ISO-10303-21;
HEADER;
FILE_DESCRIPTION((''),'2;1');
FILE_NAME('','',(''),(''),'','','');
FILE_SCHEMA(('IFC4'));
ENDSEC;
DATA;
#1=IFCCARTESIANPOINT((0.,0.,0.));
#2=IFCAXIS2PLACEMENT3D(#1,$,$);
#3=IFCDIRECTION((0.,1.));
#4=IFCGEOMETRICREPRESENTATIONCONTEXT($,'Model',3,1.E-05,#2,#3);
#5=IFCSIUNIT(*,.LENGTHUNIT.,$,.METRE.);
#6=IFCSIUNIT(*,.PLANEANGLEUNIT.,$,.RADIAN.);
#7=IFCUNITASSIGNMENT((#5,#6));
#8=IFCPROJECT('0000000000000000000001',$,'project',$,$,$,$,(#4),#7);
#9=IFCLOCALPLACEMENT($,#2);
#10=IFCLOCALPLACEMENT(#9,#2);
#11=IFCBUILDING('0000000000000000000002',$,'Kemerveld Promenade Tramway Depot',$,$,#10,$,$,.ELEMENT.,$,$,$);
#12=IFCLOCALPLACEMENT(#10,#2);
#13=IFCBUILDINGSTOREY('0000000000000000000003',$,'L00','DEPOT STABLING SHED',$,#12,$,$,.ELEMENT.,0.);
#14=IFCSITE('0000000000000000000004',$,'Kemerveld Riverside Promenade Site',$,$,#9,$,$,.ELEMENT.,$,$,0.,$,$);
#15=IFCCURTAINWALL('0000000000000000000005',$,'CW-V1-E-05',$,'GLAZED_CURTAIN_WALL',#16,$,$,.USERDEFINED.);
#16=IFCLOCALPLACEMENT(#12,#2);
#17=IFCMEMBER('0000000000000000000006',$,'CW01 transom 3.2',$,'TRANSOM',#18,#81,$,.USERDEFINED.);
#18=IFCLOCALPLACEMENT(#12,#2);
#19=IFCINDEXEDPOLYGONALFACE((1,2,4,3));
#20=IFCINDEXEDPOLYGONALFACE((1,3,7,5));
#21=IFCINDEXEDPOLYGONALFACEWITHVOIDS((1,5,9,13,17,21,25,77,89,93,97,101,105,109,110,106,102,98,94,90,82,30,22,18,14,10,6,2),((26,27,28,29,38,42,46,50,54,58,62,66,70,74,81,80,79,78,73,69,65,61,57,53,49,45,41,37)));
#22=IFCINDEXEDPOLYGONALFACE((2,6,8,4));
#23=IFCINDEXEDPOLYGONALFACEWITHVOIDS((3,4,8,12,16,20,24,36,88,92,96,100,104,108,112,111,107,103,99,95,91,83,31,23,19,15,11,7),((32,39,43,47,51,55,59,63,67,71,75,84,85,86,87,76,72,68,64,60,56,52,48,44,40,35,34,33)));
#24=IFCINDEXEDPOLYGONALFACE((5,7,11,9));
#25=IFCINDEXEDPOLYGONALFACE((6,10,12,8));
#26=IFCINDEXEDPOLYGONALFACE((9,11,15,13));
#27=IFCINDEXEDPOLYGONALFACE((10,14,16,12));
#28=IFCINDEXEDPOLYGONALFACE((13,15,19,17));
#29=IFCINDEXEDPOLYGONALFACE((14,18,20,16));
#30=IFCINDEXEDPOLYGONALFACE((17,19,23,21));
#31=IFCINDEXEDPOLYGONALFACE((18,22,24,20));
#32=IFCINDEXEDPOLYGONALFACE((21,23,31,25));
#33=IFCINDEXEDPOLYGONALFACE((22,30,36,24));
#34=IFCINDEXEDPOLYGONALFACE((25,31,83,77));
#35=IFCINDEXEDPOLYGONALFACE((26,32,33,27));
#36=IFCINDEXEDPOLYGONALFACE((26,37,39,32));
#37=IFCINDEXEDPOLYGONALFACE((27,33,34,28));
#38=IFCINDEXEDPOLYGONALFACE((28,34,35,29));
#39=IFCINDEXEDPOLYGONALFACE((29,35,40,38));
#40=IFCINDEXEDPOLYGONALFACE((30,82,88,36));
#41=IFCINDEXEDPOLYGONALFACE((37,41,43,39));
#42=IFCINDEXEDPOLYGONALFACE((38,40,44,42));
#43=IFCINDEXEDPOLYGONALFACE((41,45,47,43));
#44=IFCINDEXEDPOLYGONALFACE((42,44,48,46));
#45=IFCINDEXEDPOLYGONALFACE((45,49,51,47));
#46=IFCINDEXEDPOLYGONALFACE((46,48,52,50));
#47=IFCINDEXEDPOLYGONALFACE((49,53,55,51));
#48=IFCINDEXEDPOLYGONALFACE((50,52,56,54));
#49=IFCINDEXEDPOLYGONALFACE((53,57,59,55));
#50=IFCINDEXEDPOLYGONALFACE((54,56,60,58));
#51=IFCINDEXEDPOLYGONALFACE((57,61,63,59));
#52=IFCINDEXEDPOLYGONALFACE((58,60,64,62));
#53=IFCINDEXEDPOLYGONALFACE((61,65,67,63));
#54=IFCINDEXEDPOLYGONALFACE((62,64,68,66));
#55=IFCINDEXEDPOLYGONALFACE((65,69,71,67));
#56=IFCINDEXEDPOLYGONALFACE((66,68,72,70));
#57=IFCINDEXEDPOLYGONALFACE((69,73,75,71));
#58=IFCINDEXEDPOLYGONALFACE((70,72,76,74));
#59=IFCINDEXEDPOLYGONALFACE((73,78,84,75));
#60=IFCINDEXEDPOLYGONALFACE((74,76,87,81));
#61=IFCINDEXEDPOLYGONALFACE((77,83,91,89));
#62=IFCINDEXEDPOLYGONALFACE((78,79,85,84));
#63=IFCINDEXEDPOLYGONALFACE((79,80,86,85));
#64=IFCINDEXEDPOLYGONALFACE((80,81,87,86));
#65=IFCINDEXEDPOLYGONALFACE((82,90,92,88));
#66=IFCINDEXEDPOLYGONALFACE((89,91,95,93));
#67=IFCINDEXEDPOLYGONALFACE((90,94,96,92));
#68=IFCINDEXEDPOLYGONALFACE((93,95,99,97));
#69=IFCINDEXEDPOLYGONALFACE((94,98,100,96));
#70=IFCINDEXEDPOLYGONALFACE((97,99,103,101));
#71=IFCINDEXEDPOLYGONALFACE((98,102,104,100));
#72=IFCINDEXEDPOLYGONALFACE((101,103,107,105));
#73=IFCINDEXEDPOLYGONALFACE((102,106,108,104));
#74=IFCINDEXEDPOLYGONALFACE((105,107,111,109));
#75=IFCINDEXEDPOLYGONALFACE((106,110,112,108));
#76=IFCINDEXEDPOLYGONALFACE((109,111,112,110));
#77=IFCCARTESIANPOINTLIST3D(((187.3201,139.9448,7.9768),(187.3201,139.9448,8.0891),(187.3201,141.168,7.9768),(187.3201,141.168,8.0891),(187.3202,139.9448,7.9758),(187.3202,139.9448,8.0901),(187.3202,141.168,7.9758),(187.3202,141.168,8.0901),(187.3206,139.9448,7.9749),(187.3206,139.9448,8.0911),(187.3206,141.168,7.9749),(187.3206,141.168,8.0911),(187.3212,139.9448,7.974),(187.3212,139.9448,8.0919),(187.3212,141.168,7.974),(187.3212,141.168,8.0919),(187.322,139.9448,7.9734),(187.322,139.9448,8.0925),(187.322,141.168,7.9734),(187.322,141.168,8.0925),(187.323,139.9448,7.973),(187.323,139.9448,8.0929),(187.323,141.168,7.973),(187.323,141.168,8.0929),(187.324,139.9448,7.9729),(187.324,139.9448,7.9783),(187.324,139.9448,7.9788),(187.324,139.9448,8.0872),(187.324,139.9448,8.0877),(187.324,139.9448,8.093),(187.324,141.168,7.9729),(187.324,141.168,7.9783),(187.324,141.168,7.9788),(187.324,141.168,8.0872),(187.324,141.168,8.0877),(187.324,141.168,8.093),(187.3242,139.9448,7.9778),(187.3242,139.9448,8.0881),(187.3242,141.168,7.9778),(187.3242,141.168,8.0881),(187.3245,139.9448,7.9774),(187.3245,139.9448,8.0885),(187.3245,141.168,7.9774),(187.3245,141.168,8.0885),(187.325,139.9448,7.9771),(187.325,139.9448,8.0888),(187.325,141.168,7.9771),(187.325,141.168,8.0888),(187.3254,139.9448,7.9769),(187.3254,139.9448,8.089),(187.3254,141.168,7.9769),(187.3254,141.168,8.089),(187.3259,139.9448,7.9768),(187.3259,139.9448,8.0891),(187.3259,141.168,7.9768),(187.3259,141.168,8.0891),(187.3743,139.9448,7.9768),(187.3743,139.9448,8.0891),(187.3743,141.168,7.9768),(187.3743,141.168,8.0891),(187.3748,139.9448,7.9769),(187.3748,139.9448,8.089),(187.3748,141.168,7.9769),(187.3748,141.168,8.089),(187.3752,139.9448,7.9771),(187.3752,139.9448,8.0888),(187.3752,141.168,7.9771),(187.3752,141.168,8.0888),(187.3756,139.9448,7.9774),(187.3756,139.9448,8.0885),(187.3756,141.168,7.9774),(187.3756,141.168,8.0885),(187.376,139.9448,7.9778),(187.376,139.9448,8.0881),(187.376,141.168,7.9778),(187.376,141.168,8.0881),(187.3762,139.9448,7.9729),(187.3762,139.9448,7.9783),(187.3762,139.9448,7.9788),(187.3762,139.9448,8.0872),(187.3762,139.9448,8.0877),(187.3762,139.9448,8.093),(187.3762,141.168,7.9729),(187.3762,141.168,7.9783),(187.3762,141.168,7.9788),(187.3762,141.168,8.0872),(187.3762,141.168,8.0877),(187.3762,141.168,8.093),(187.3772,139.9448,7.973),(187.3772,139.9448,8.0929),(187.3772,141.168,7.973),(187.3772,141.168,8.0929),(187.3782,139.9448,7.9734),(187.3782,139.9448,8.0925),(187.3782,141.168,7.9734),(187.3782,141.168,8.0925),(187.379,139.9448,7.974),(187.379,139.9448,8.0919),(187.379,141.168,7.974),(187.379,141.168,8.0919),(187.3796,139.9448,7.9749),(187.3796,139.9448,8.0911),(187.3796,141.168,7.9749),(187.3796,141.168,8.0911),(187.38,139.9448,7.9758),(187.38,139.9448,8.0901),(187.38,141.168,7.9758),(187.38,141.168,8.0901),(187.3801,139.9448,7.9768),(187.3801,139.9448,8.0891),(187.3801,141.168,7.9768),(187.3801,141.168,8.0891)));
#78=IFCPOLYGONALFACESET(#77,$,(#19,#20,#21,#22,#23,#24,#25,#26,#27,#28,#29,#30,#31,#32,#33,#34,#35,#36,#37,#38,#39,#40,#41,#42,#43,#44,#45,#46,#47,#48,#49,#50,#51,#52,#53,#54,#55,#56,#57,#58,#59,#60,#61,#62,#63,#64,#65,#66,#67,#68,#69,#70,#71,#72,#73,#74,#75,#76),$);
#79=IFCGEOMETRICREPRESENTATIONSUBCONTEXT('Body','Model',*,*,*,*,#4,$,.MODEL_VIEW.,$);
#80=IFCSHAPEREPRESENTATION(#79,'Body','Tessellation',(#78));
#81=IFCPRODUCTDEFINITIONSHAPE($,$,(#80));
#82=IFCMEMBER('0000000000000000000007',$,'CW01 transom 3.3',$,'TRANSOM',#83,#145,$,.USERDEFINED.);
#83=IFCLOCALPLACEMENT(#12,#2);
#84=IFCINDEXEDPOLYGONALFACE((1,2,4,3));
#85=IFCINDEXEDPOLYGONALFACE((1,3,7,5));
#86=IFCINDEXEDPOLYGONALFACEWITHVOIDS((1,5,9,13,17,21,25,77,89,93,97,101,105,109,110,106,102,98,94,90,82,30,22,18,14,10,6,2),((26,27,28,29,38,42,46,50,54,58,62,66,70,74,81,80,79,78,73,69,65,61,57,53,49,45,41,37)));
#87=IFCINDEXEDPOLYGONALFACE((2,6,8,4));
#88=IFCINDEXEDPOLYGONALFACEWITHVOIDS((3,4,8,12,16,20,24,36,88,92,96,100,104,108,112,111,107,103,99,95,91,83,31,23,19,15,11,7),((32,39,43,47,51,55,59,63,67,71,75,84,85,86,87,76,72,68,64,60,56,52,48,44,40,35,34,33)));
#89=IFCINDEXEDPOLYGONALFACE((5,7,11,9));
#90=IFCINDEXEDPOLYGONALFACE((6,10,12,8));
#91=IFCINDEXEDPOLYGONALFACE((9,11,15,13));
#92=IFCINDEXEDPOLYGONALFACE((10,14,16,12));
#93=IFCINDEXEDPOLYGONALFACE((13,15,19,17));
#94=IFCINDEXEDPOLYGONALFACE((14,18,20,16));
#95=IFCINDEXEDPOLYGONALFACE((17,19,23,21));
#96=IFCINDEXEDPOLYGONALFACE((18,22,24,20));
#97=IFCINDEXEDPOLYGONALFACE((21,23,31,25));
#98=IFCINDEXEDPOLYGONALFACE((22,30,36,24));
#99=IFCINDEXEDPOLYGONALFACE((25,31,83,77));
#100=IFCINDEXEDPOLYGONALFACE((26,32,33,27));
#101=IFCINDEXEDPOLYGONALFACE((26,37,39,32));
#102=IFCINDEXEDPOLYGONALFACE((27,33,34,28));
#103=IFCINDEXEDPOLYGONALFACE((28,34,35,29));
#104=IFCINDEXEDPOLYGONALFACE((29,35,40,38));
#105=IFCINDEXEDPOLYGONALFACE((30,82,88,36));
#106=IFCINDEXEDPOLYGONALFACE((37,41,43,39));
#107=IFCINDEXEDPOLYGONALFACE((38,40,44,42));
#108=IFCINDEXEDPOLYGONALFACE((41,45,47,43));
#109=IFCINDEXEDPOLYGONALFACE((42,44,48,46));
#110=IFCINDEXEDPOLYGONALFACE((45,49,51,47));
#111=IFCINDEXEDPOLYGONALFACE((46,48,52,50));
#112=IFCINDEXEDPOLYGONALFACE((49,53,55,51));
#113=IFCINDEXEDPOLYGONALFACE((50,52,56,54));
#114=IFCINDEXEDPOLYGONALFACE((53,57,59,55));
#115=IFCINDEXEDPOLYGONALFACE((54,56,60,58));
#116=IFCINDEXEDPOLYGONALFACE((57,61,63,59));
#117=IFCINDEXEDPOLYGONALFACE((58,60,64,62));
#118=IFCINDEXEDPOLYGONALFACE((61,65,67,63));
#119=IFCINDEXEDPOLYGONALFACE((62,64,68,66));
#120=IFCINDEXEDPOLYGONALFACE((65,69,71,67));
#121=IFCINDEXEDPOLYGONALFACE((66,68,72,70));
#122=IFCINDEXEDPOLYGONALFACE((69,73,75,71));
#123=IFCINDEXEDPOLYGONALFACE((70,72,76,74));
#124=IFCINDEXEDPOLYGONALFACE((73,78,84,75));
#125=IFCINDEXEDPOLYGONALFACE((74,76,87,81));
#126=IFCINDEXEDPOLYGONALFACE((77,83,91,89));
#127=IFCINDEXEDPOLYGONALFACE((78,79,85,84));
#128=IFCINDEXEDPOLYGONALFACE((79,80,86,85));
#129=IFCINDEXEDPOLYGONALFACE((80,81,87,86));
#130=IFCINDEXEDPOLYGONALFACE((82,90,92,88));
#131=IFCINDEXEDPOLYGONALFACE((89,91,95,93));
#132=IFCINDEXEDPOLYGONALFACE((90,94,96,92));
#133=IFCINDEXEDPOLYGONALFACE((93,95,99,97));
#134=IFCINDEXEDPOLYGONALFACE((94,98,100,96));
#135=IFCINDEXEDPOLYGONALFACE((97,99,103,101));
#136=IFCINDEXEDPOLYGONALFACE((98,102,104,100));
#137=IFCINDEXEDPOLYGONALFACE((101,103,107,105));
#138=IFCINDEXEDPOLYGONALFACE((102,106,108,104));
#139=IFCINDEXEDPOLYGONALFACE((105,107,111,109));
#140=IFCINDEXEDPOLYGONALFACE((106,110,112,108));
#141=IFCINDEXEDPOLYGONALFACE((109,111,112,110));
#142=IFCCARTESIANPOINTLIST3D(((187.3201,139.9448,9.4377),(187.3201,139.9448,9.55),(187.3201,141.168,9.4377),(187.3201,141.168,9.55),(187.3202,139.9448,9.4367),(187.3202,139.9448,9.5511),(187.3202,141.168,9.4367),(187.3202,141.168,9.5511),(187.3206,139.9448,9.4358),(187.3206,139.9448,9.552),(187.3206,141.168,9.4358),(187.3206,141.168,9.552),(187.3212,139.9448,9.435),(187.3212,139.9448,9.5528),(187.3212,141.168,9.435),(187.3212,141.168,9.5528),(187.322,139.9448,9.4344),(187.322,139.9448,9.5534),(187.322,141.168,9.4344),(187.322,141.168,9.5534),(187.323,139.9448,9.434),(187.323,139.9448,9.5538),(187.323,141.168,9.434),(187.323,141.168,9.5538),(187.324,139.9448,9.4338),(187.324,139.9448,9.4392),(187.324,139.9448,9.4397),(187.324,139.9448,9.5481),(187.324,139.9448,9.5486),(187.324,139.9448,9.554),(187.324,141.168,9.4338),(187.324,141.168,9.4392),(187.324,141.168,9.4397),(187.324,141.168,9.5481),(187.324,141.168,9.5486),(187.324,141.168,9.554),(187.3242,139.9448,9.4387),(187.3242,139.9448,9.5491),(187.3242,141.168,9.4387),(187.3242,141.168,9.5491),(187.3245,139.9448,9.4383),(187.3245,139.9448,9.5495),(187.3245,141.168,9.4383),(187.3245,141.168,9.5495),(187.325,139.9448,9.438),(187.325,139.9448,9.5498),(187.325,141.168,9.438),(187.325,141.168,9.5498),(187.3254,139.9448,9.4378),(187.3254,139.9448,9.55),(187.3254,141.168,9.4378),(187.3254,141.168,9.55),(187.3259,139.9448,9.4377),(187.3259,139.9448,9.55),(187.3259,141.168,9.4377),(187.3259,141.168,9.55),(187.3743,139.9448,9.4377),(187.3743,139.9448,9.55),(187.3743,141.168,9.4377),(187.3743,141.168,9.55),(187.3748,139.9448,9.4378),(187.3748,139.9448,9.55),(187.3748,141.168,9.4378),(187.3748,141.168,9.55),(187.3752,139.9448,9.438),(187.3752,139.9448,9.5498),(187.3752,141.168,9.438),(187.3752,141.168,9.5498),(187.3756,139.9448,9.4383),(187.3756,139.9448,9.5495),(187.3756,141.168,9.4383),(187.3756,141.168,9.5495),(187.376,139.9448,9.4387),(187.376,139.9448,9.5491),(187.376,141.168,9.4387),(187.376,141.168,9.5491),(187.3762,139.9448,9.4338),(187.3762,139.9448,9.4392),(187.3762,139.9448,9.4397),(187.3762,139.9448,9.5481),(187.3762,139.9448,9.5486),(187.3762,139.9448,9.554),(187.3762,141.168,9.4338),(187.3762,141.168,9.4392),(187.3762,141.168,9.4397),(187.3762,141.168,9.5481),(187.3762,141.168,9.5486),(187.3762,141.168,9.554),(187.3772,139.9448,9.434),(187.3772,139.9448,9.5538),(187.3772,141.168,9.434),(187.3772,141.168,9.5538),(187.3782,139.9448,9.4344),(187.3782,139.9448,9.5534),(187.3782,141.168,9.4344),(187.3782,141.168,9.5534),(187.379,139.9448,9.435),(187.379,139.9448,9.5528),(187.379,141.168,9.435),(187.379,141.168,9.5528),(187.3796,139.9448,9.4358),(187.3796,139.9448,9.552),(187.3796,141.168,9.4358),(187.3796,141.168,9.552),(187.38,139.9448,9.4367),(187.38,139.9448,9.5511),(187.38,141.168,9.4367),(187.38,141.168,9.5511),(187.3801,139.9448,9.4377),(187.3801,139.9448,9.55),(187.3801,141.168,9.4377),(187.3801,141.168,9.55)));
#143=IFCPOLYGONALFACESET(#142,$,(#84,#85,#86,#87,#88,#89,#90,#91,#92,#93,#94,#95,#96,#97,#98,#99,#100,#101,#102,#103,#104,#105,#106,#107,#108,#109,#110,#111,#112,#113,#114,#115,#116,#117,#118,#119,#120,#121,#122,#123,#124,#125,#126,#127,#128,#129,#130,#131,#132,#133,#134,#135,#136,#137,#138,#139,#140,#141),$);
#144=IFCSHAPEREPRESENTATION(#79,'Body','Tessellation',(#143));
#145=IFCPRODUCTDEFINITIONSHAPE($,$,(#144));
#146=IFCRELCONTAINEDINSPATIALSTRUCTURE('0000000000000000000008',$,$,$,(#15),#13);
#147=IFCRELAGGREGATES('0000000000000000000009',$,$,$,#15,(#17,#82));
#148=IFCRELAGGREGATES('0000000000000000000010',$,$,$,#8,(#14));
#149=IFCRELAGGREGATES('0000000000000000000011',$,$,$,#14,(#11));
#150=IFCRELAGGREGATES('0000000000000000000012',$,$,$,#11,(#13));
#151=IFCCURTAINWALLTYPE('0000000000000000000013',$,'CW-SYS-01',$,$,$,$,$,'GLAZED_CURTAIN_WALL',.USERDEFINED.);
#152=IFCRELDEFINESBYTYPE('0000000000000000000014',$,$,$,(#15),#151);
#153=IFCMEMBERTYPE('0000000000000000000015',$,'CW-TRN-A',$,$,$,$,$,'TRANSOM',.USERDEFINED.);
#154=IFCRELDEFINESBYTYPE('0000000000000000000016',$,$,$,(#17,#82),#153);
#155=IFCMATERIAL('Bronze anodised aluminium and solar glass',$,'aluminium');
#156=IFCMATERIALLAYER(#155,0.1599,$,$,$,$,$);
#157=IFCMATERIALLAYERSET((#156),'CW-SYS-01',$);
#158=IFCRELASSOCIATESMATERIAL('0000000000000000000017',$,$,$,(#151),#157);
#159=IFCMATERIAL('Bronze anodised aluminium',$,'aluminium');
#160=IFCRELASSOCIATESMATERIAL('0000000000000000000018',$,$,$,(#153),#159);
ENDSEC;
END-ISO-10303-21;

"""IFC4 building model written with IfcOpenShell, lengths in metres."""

from ifc_helpers import new_model, si_unit, direction, frame, origin, origin_2d, place, context, subcontext, project, spatial, hollow_rectangle, extrude, material, layer, layer_set, material_profile, profile_set, type_object, element, aggregate, save


model = new_model("IFC4")

# Units and contexts
model_context = context("Model", 3, precision=1e-05, world=origin(), true_north=direction((0.0, 1.0)))
body_context = subcontext(model_context, "Body", "Model", "MODEL_VIEW")
ifc_project = project(units=[si_unit("LENGTHUNIT", "METRE"), si_unit("PLANEANGLEUNIT", "RADIAN")], contexts=[model_context])

# Site, building, storey
site_placement = place(None, origin())
site = spatial("IfcSite", under=ifc_project, at=site_placement, Name="Kemerveld Riverside Promenade Site", CompositionType="ELEMENT", RefElevation=0.0)
building_placement = place(site_placement, origin())
building = spatial("IfcBuilding", under=site, at=building_placement, Name="Kemerveld Promenade Tramway Depot", CompositionType="ELEMENT")
storey_placement = place(building_placement, origin())
storey = spatial("IfcBuildingStorey", under=building, at=storey_placement, Name="L00", Description="DEPOT STABLING SHED", CompositionType="ELEMENT", Elevation=0.0)

# Curtain wall, members
ifc_material_1 = material(Name="Bronze anodised aluminium and solar glass", Category="aluminium")
ifc_layer_1 = layer(ifc_material_1, 0.1599)
ifc_layer_set_1 = layer_set([ifc_layer_1], Name="CW-SYS-01")
curtain_wall_type_1 = type_object("IfcCurtainWallType", Name="CW-SYS-01", ElementType="GLAZED_CURTAIN_WALL", PredefinedType="USERDEFINED", material=ifc_layer_set_1)
curtain_wall_1_placement = place(storey_placement, origin())
curtain_wall_1 = element("IfcCurtainWall", 1, at=curtain_wall_1_placement, inside=storey, type_object=curtain_wall_type_1, Name="CW-V1-E-05", ObjectType="GLAZED_CURTAIN_WALL", PredefinedType="USERDEFINED")
ifc_material_2 = material(Name="Bronze anodised aluminium", Category="aluminium")
ifc_material_profile_1 = material_profile(ifc_material_2, hollow_rectangle(XDim=0.0601, YDim=0.1201, WallThickness=0.0039, InnerFilletRadius=0.002, OuterFilletRadius=0.0039, at=origin_2d()), Name="CW-TRN-120x60")
ifc_profile_set_1 = profile_set([ifc_material_profile_1], Name="Bronze anodised aluminium")
member_type_1 = type_object("IfcMemberType", Name="CW-TRN-A", ElementType="TRANSOM", PredefinedType="USERDEFINED", material=ifc_profile_set_1)
member_1_placement = place(storey_placement, frame((187.3501, 141.168, 8.033), z_axis=(0.0, -1.0, 0.0), x_axis=(1.0, 0.0, 0.0)))
member_1 = element("IfcMember", 2, at=member_1_placement, type_object=member_type_1, Name="CW01 transom 3.2", ObjectType="TRANSOM", PredefinedType="USERDEFINED", context=body_context, shape_type="SweptSolid", body=[
    extrude(hollow_rectangle(XDim=0.0601, YDim=0.1201, WallThickness=0.0039, InnerFilletRadius=0.002, OuterFilletRadius=0.0039, at=origin_2d()), origin(), (0.0, 0.0, 1.0), 1.2231),
])
member_2_placement = place(storey_placement, frame((187.3501, 141.168, 9.4939), z_axis=(0.0, -1.0, 0.0), x_axis=(1.0, 0.0, 0.0)))
member_2 = element("IfcMember", 3, at=member_2_placement, type_object=member_type_1, Name="CW01 transom 3.3", ObjectType="TRANSOM", PredefinedType="USERDEFINED", context=body_context, shape_type="SweptSolid", body=[
    extrude(hollow_rectangle(XDim=0.0601, YDim=0.1201, WallThickness=0.0039, InnerFilletRadius=0.002, OuterFilletRadius=0.0039, at=origin_2d()), origin(), (0.0, 0.0, 1.0), 1.2231),
])

aggregate(curtain_wall_1, [member_1, member_2])

save(model, "model.ifc")
